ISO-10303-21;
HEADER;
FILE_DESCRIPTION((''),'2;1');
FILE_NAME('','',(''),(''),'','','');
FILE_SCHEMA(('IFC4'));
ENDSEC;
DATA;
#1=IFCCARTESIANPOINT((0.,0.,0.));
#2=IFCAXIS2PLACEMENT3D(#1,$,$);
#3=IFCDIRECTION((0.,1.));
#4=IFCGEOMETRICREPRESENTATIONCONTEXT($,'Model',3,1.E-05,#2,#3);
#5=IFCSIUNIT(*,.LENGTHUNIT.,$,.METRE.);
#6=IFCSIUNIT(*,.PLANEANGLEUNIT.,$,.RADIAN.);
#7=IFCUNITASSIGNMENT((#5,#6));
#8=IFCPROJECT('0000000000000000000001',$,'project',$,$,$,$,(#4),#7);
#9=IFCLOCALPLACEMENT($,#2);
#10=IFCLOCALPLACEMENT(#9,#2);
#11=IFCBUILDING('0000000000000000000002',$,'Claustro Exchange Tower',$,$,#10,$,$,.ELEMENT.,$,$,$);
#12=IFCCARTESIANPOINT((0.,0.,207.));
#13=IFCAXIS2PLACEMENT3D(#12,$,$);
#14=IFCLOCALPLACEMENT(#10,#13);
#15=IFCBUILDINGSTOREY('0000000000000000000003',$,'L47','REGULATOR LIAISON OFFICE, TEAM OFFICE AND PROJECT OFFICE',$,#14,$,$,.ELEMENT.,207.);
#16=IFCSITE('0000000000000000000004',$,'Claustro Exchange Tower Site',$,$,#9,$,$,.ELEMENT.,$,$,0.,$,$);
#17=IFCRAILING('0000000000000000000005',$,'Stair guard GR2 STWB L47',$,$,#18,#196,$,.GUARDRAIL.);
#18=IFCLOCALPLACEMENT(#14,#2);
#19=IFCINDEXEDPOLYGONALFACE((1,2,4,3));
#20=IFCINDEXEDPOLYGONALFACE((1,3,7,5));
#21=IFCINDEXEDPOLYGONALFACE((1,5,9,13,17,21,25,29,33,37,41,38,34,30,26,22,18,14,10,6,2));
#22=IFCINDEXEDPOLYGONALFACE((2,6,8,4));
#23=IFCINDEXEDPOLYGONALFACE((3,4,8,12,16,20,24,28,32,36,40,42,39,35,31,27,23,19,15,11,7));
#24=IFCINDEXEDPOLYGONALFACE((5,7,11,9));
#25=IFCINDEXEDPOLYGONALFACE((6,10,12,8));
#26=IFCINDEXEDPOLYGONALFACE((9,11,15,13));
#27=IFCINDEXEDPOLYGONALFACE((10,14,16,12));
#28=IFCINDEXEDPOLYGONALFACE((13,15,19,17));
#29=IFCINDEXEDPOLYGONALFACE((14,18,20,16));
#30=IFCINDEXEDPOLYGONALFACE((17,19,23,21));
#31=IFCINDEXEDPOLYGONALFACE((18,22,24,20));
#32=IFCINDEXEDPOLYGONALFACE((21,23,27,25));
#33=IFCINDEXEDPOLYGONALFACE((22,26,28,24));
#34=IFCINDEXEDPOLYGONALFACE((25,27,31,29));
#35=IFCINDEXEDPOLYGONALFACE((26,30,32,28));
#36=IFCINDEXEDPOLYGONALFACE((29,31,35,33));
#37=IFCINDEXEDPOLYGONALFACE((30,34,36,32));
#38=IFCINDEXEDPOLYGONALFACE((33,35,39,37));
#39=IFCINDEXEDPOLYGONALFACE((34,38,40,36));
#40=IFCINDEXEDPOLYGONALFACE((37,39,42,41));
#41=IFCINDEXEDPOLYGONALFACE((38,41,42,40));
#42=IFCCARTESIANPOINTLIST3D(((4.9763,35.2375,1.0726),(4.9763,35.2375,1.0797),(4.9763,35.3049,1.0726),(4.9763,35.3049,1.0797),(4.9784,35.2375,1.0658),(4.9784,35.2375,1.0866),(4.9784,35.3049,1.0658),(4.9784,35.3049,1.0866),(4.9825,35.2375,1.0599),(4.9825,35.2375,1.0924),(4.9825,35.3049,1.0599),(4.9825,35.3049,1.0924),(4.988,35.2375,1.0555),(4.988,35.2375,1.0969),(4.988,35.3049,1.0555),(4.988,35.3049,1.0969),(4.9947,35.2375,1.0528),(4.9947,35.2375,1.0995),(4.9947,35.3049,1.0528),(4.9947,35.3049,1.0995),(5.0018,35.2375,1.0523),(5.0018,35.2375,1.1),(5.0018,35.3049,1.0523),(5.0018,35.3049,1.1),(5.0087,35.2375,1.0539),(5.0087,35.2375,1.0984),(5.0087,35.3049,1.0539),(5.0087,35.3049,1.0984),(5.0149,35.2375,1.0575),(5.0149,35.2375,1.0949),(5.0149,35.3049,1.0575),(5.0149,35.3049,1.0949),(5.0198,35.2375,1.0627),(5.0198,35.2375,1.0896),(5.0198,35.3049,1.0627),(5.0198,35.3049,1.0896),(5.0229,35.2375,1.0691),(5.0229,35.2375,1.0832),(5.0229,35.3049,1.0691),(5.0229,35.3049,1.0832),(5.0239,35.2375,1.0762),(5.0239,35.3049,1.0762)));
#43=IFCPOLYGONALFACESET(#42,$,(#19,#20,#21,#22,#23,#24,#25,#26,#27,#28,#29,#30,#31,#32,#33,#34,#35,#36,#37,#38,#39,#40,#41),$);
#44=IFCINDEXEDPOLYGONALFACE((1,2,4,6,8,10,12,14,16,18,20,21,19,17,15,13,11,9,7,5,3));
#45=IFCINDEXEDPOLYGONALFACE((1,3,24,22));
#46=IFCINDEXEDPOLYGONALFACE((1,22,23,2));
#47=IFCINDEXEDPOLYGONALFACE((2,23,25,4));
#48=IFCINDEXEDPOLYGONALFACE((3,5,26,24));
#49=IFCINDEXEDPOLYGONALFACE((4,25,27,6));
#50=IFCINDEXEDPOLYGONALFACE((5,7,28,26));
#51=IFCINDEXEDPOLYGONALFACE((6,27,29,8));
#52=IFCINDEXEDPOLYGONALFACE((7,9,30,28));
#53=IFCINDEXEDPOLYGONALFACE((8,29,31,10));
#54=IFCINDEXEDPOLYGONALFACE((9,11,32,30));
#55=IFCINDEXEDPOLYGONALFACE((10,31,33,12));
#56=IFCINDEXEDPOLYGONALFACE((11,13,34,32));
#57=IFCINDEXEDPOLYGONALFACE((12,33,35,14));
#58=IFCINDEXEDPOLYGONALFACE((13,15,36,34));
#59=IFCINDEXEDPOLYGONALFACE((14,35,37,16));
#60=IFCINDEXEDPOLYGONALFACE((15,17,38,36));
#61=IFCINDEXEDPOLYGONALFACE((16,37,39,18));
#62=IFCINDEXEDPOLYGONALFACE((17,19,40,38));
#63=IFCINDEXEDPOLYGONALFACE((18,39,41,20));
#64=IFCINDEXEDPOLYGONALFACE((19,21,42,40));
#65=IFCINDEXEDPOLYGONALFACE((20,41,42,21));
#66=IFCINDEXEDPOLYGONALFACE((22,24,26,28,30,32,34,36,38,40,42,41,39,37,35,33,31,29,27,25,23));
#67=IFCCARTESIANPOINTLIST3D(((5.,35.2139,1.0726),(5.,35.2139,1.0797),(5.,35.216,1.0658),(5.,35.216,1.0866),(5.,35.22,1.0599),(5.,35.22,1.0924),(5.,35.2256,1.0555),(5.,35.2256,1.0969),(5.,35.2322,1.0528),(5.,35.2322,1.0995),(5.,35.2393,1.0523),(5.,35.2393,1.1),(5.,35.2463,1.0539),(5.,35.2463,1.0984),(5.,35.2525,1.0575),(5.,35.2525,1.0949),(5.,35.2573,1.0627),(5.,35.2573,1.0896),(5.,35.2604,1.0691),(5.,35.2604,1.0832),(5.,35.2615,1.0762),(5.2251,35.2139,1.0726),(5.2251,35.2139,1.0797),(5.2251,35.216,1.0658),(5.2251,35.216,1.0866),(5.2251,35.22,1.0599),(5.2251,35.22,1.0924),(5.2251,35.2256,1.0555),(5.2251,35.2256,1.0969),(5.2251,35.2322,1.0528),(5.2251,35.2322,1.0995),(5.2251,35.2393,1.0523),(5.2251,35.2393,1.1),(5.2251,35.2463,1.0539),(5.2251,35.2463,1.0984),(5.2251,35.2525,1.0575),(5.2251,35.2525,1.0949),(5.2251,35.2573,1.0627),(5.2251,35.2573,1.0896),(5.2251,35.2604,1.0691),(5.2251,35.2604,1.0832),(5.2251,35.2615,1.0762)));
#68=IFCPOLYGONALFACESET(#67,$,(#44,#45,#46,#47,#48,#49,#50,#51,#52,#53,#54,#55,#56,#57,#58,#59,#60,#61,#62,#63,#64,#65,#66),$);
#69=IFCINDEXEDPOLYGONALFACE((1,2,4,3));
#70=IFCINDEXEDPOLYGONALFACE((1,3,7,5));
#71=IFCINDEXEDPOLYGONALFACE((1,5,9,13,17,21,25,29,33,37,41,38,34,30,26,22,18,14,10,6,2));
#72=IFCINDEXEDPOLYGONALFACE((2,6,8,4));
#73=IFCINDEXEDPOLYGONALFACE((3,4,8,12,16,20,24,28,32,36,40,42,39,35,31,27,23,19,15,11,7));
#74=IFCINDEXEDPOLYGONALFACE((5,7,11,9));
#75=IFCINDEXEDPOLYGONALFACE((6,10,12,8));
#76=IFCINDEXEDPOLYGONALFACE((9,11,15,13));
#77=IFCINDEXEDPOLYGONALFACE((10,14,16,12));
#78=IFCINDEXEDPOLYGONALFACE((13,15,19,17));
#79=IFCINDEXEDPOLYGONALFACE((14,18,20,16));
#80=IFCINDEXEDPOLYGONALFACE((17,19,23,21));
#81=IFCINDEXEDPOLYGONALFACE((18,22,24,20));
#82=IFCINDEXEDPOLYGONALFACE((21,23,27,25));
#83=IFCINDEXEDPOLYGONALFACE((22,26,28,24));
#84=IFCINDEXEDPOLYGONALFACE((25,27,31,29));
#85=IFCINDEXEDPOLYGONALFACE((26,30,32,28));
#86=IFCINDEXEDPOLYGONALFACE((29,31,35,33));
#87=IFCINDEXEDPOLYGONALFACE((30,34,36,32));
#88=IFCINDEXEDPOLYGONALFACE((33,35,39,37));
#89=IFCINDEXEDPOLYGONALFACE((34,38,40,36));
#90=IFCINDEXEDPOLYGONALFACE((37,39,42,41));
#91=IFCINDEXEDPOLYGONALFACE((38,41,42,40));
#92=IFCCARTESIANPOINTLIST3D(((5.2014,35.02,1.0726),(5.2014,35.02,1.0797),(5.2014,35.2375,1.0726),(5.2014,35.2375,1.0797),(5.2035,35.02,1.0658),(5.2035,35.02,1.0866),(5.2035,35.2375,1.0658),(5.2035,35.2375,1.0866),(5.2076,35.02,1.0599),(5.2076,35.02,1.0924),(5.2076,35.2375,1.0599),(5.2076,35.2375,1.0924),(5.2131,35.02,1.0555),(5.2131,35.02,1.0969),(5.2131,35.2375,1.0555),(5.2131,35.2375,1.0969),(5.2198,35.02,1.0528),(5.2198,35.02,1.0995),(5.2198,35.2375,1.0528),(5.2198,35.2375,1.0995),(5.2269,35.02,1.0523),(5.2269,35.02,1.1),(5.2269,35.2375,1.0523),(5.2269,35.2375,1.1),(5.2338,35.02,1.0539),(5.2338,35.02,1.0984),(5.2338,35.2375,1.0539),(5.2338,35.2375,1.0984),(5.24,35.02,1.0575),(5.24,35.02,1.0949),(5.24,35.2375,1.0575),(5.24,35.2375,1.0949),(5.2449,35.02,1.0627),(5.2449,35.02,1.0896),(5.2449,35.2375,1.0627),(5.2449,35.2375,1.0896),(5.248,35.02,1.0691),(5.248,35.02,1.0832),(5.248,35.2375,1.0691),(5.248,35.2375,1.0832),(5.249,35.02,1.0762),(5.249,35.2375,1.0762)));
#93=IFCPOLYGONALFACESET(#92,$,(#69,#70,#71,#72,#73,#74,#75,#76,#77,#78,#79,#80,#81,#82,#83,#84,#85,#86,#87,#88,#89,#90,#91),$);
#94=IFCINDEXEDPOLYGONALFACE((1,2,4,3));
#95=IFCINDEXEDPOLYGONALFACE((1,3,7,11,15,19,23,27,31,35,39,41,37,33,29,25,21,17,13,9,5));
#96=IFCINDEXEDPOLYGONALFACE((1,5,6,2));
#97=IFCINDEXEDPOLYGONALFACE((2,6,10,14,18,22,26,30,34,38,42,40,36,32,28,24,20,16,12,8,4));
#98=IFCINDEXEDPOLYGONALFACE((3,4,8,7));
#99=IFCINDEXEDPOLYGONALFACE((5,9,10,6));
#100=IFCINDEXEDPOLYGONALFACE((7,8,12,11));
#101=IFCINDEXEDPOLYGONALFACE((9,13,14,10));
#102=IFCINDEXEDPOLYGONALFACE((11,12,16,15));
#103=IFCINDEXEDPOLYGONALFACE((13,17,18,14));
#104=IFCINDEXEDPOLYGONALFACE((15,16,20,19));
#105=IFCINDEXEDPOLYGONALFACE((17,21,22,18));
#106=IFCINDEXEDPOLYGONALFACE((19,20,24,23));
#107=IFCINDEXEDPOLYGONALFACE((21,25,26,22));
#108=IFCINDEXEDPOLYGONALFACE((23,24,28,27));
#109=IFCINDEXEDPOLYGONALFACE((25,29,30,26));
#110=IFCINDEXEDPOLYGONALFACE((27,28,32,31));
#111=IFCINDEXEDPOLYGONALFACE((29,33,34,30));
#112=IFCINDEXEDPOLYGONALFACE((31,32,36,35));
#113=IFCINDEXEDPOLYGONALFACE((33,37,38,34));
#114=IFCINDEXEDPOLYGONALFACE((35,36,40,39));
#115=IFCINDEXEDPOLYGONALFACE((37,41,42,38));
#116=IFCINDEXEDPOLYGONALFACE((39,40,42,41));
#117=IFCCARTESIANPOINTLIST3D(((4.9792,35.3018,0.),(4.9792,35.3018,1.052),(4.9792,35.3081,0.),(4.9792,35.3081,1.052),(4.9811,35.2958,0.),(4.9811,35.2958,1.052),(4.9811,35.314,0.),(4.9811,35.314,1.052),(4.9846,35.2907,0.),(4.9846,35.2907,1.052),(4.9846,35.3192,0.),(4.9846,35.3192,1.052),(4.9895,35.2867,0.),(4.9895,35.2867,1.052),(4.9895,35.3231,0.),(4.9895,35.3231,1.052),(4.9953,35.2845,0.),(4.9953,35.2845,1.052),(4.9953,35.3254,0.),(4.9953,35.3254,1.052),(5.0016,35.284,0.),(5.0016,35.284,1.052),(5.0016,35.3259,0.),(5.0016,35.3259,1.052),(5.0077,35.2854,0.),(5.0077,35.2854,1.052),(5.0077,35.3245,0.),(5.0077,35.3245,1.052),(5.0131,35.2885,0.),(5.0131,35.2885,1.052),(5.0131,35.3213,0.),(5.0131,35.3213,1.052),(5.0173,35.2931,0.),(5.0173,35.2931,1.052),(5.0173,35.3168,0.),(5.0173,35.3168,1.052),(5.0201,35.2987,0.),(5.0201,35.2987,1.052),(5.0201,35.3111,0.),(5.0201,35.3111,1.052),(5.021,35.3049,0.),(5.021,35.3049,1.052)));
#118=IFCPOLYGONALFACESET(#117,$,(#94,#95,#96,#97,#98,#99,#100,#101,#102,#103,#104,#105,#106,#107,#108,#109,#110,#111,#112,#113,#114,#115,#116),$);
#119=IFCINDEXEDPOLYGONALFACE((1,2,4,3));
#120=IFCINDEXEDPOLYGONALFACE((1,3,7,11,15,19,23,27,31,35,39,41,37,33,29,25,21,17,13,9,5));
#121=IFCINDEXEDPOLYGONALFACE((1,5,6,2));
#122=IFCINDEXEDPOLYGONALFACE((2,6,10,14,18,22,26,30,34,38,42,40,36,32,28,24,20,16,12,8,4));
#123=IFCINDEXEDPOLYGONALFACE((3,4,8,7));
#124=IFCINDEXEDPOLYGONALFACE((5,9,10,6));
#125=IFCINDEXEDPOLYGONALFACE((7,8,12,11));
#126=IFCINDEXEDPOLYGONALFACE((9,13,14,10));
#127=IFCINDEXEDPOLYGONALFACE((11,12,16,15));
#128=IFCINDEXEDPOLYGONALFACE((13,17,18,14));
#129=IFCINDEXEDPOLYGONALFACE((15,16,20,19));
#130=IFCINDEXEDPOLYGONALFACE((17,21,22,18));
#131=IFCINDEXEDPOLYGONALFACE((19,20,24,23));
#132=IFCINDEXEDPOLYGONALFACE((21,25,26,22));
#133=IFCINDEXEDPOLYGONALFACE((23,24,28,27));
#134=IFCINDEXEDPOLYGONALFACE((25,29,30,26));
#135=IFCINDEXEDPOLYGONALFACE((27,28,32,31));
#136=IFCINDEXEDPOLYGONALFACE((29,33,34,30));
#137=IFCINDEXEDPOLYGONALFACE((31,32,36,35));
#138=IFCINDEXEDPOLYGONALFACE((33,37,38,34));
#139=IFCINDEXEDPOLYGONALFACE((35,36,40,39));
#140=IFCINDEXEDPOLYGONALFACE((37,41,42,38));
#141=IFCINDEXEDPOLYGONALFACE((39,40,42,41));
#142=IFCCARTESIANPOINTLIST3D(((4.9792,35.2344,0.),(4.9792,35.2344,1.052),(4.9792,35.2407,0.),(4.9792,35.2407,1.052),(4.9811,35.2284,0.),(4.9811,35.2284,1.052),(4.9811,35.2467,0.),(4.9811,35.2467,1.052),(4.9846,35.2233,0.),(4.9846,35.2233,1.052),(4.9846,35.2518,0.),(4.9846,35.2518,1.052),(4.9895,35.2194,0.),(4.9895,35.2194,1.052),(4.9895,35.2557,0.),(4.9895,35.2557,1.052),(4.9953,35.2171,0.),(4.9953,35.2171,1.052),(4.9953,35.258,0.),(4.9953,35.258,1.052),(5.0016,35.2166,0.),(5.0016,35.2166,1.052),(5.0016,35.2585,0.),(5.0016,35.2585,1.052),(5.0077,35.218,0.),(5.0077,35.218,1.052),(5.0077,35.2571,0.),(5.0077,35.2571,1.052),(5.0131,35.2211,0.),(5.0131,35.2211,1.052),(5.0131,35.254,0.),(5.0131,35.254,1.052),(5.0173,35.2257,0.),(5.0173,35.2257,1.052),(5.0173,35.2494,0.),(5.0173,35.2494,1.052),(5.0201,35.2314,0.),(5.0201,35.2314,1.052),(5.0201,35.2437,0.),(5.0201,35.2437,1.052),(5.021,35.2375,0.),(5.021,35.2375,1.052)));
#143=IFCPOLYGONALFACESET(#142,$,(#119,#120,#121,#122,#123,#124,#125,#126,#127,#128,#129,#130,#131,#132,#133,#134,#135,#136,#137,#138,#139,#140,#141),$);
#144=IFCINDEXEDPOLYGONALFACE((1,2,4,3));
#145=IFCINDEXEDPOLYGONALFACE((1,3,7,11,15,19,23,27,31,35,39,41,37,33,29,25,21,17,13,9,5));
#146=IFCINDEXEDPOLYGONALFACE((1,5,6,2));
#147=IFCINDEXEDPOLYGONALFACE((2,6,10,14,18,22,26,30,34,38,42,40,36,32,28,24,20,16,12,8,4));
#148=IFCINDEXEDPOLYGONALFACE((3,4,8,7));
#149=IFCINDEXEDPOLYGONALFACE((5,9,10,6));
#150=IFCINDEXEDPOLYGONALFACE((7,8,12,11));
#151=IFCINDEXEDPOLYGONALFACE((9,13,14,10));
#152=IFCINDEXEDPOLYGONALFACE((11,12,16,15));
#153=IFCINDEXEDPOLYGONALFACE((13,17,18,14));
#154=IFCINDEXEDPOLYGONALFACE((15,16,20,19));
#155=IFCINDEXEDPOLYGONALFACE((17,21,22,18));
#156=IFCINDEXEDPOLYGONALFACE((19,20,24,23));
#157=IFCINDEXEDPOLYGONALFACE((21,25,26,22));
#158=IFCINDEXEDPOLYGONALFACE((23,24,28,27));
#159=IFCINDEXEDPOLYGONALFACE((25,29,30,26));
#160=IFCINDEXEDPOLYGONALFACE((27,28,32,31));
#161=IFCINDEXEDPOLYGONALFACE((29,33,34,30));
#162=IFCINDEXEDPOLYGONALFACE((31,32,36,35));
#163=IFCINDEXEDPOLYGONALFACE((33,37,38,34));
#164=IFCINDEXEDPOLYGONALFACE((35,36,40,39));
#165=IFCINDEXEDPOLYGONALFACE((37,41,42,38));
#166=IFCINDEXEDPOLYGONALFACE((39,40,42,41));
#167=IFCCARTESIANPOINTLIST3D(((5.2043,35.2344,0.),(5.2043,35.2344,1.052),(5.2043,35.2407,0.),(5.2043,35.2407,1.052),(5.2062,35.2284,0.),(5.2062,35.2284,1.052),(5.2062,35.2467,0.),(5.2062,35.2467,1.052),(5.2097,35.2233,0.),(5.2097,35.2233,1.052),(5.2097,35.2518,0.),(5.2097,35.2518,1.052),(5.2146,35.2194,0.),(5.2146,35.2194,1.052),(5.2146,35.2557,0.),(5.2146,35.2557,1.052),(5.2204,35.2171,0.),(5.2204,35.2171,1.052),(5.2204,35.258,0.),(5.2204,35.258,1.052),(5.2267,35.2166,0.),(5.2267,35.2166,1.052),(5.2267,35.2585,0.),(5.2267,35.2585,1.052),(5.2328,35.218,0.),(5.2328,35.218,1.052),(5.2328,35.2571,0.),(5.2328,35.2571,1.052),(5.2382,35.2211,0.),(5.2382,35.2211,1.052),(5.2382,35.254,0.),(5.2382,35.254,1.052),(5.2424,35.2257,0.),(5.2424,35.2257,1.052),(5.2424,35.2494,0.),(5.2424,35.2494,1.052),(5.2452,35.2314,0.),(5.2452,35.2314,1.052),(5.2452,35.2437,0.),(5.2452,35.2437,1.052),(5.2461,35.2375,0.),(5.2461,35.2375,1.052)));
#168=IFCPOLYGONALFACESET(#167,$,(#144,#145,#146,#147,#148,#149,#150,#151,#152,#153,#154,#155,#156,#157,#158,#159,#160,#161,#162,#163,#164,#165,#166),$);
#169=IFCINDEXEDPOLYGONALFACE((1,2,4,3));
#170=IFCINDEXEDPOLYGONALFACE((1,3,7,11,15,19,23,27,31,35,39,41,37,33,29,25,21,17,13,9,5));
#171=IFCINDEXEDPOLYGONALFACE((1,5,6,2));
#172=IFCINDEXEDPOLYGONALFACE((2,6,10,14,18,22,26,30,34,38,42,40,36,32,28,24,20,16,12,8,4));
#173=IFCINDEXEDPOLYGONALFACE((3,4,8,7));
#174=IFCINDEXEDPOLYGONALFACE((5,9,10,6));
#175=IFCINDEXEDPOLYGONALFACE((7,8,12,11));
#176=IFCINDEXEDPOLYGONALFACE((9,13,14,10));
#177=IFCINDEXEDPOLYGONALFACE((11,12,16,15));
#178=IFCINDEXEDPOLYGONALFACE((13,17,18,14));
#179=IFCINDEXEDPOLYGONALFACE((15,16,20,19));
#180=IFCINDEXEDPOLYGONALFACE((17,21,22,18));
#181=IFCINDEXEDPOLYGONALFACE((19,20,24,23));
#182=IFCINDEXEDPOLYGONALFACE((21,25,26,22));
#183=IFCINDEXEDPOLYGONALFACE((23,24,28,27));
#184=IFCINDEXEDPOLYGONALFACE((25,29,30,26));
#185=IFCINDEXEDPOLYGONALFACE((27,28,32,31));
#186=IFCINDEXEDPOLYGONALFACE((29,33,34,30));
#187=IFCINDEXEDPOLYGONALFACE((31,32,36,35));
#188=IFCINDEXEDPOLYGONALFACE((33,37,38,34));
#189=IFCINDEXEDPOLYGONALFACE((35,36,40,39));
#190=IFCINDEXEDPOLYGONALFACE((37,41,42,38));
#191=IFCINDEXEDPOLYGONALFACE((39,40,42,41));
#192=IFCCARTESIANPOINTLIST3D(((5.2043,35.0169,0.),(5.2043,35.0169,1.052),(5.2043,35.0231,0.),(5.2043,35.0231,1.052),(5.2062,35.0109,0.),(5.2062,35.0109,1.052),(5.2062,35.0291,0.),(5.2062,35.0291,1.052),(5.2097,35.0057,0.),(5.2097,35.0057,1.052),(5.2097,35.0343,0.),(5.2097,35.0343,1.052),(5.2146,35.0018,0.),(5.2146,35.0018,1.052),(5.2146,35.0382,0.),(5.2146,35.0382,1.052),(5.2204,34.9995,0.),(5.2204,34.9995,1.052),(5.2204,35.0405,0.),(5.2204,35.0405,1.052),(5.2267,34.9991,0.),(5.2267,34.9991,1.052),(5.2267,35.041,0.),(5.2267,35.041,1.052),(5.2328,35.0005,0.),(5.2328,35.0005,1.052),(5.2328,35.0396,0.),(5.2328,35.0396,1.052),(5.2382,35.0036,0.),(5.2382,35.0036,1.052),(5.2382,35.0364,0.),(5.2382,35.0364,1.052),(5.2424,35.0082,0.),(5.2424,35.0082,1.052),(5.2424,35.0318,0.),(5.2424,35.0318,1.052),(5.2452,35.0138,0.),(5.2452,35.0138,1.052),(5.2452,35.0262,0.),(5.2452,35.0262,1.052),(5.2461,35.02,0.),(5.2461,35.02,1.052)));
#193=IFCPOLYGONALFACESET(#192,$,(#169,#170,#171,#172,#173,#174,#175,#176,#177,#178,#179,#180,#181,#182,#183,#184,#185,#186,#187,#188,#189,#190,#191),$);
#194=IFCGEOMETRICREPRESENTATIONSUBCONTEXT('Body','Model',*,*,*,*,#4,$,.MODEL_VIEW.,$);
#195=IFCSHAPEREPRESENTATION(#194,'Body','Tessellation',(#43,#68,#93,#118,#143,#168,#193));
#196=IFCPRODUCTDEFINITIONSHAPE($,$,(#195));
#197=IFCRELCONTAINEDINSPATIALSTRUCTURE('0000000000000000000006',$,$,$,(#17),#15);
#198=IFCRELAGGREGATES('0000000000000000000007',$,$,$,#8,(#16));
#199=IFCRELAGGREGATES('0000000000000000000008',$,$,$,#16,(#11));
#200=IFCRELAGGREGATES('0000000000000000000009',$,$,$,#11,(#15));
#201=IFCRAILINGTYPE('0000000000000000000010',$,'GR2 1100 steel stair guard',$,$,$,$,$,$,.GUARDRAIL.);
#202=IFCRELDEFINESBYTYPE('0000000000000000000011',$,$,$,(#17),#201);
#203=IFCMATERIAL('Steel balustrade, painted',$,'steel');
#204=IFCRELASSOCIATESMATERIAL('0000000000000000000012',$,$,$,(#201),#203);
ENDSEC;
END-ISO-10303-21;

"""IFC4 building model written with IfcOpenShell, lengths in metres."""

from ifc_helpers import new_model, si_unit, direction, frame, origin, origin_2d, place, context, subcontext, project, spatial, circle, extrude, material, type_object, element, save


model = new_model("IFC4")

# Units and contexts
model_context = context("Model", 3, precision=1e-05, world=origin(), true_north=direction((0.0, 1.0)))
body_context = subcontext(model_context, "Body", "Model", "MODEL_VIEW")
ifc_project = project(units=[si_unit("LENGTHUNIT", "METRE"), si_unit("PLANEANGLEUNIT", "RADIAN")], contexts=[model_context])

# Site, building, storey
site_placement = place(None, origin())
site = spatial("IfcSite", under=ifc_project, at=site_placement, Name="Claustro Exchange Tower Site", CompositionType="ELEMENT", RefElevation=0.0)
building_placement = place(site_placement, origin())
building = spatial("IfcBuilding", under=site, at=building_placement, Name="Claustro Exchange Tower", CompositionType="ELEMENT")
storey_placement = place(building_placement, frame((0.0, 0.0, 207.0)))
storey = spatial("IfcBuildingStorey", under=building, at=storey_placement, Name="L47", Description="REGULATOR LIAISON OFFICE, TEAM OFFICE AND PROJECT OFFICE", CompositionType="ELEMENT", Elevation=207.0)

# Railing
ifc_material_1 = material(Name="Steel balustrade, painted", Category="steel")
railing_type_1 = type_object("IfcRailingType", Name="GR2 1100 steel stair guard", PredefinedType="GUARDRAIL", material=ifc_material_1)
railing_1_placement = place(storey_placement, frame((5.0, 35.3049, 0.0)))
element("IfcRailing", 1, at=railing_1_placement, inside=storey, type_object=railing_type_1, Name="Stair guard GR2 STWB L47", PredefinedType="GUARDRAIL", context=body_context, shape_type="SweptSolid", body=[
    extrude(circle(Radius=0.0239, at=origin_2d()), frame((0.0, 0.0, 1.0762), z_axis=(0.0, -1.0, 0.0), x_axis=(1.0, 0.0, 0.0)), (0.0, 0.0, 1.0), 0.0674),
    extrude(circle(Radius=0.0239, at=origin_2d()), frame((0.0, -0.0674, 1.0762), z_axis=(1.0, 0.0, 0.0), x_axis=(0.0, 1.0, 0.0)), (0.0, 0.0, 1.0), 0.2251),
    extrude(circle(Radius=0.0239, at=origin_2d()), frame((0.2251, -0.0674, 1.0762), z_axis=(0.0, -1.0, 0.0), x_axis=(1.0, 0.0, 0.0)), (0.0, 0.0, 1.0), 0.2175),
    extrude(circle(Radius=0.021, at=origin_2d()), origin(), (0.0, 0.0, 1.0), 1.052),
    extrude(circle(Radius=0.021, at=origin_2d()), frame((0.0, -0.0674, 0.0)), (0.0, 0.0, 1.0), 1.052),
    extrude(circle(Radius=0.021, at=origin_2d()), frame((0.2251, -0.0674, 0.0)), (0.0, 0.0, 1.0), 1.052),
    extrude(circle(Radius=0.021, at=origin_2d()), frame((0.2251, -0.2849, 0.0)), (0.0, 0.0, 1.0), 1.052),
])

save(model, "model.ifc")
